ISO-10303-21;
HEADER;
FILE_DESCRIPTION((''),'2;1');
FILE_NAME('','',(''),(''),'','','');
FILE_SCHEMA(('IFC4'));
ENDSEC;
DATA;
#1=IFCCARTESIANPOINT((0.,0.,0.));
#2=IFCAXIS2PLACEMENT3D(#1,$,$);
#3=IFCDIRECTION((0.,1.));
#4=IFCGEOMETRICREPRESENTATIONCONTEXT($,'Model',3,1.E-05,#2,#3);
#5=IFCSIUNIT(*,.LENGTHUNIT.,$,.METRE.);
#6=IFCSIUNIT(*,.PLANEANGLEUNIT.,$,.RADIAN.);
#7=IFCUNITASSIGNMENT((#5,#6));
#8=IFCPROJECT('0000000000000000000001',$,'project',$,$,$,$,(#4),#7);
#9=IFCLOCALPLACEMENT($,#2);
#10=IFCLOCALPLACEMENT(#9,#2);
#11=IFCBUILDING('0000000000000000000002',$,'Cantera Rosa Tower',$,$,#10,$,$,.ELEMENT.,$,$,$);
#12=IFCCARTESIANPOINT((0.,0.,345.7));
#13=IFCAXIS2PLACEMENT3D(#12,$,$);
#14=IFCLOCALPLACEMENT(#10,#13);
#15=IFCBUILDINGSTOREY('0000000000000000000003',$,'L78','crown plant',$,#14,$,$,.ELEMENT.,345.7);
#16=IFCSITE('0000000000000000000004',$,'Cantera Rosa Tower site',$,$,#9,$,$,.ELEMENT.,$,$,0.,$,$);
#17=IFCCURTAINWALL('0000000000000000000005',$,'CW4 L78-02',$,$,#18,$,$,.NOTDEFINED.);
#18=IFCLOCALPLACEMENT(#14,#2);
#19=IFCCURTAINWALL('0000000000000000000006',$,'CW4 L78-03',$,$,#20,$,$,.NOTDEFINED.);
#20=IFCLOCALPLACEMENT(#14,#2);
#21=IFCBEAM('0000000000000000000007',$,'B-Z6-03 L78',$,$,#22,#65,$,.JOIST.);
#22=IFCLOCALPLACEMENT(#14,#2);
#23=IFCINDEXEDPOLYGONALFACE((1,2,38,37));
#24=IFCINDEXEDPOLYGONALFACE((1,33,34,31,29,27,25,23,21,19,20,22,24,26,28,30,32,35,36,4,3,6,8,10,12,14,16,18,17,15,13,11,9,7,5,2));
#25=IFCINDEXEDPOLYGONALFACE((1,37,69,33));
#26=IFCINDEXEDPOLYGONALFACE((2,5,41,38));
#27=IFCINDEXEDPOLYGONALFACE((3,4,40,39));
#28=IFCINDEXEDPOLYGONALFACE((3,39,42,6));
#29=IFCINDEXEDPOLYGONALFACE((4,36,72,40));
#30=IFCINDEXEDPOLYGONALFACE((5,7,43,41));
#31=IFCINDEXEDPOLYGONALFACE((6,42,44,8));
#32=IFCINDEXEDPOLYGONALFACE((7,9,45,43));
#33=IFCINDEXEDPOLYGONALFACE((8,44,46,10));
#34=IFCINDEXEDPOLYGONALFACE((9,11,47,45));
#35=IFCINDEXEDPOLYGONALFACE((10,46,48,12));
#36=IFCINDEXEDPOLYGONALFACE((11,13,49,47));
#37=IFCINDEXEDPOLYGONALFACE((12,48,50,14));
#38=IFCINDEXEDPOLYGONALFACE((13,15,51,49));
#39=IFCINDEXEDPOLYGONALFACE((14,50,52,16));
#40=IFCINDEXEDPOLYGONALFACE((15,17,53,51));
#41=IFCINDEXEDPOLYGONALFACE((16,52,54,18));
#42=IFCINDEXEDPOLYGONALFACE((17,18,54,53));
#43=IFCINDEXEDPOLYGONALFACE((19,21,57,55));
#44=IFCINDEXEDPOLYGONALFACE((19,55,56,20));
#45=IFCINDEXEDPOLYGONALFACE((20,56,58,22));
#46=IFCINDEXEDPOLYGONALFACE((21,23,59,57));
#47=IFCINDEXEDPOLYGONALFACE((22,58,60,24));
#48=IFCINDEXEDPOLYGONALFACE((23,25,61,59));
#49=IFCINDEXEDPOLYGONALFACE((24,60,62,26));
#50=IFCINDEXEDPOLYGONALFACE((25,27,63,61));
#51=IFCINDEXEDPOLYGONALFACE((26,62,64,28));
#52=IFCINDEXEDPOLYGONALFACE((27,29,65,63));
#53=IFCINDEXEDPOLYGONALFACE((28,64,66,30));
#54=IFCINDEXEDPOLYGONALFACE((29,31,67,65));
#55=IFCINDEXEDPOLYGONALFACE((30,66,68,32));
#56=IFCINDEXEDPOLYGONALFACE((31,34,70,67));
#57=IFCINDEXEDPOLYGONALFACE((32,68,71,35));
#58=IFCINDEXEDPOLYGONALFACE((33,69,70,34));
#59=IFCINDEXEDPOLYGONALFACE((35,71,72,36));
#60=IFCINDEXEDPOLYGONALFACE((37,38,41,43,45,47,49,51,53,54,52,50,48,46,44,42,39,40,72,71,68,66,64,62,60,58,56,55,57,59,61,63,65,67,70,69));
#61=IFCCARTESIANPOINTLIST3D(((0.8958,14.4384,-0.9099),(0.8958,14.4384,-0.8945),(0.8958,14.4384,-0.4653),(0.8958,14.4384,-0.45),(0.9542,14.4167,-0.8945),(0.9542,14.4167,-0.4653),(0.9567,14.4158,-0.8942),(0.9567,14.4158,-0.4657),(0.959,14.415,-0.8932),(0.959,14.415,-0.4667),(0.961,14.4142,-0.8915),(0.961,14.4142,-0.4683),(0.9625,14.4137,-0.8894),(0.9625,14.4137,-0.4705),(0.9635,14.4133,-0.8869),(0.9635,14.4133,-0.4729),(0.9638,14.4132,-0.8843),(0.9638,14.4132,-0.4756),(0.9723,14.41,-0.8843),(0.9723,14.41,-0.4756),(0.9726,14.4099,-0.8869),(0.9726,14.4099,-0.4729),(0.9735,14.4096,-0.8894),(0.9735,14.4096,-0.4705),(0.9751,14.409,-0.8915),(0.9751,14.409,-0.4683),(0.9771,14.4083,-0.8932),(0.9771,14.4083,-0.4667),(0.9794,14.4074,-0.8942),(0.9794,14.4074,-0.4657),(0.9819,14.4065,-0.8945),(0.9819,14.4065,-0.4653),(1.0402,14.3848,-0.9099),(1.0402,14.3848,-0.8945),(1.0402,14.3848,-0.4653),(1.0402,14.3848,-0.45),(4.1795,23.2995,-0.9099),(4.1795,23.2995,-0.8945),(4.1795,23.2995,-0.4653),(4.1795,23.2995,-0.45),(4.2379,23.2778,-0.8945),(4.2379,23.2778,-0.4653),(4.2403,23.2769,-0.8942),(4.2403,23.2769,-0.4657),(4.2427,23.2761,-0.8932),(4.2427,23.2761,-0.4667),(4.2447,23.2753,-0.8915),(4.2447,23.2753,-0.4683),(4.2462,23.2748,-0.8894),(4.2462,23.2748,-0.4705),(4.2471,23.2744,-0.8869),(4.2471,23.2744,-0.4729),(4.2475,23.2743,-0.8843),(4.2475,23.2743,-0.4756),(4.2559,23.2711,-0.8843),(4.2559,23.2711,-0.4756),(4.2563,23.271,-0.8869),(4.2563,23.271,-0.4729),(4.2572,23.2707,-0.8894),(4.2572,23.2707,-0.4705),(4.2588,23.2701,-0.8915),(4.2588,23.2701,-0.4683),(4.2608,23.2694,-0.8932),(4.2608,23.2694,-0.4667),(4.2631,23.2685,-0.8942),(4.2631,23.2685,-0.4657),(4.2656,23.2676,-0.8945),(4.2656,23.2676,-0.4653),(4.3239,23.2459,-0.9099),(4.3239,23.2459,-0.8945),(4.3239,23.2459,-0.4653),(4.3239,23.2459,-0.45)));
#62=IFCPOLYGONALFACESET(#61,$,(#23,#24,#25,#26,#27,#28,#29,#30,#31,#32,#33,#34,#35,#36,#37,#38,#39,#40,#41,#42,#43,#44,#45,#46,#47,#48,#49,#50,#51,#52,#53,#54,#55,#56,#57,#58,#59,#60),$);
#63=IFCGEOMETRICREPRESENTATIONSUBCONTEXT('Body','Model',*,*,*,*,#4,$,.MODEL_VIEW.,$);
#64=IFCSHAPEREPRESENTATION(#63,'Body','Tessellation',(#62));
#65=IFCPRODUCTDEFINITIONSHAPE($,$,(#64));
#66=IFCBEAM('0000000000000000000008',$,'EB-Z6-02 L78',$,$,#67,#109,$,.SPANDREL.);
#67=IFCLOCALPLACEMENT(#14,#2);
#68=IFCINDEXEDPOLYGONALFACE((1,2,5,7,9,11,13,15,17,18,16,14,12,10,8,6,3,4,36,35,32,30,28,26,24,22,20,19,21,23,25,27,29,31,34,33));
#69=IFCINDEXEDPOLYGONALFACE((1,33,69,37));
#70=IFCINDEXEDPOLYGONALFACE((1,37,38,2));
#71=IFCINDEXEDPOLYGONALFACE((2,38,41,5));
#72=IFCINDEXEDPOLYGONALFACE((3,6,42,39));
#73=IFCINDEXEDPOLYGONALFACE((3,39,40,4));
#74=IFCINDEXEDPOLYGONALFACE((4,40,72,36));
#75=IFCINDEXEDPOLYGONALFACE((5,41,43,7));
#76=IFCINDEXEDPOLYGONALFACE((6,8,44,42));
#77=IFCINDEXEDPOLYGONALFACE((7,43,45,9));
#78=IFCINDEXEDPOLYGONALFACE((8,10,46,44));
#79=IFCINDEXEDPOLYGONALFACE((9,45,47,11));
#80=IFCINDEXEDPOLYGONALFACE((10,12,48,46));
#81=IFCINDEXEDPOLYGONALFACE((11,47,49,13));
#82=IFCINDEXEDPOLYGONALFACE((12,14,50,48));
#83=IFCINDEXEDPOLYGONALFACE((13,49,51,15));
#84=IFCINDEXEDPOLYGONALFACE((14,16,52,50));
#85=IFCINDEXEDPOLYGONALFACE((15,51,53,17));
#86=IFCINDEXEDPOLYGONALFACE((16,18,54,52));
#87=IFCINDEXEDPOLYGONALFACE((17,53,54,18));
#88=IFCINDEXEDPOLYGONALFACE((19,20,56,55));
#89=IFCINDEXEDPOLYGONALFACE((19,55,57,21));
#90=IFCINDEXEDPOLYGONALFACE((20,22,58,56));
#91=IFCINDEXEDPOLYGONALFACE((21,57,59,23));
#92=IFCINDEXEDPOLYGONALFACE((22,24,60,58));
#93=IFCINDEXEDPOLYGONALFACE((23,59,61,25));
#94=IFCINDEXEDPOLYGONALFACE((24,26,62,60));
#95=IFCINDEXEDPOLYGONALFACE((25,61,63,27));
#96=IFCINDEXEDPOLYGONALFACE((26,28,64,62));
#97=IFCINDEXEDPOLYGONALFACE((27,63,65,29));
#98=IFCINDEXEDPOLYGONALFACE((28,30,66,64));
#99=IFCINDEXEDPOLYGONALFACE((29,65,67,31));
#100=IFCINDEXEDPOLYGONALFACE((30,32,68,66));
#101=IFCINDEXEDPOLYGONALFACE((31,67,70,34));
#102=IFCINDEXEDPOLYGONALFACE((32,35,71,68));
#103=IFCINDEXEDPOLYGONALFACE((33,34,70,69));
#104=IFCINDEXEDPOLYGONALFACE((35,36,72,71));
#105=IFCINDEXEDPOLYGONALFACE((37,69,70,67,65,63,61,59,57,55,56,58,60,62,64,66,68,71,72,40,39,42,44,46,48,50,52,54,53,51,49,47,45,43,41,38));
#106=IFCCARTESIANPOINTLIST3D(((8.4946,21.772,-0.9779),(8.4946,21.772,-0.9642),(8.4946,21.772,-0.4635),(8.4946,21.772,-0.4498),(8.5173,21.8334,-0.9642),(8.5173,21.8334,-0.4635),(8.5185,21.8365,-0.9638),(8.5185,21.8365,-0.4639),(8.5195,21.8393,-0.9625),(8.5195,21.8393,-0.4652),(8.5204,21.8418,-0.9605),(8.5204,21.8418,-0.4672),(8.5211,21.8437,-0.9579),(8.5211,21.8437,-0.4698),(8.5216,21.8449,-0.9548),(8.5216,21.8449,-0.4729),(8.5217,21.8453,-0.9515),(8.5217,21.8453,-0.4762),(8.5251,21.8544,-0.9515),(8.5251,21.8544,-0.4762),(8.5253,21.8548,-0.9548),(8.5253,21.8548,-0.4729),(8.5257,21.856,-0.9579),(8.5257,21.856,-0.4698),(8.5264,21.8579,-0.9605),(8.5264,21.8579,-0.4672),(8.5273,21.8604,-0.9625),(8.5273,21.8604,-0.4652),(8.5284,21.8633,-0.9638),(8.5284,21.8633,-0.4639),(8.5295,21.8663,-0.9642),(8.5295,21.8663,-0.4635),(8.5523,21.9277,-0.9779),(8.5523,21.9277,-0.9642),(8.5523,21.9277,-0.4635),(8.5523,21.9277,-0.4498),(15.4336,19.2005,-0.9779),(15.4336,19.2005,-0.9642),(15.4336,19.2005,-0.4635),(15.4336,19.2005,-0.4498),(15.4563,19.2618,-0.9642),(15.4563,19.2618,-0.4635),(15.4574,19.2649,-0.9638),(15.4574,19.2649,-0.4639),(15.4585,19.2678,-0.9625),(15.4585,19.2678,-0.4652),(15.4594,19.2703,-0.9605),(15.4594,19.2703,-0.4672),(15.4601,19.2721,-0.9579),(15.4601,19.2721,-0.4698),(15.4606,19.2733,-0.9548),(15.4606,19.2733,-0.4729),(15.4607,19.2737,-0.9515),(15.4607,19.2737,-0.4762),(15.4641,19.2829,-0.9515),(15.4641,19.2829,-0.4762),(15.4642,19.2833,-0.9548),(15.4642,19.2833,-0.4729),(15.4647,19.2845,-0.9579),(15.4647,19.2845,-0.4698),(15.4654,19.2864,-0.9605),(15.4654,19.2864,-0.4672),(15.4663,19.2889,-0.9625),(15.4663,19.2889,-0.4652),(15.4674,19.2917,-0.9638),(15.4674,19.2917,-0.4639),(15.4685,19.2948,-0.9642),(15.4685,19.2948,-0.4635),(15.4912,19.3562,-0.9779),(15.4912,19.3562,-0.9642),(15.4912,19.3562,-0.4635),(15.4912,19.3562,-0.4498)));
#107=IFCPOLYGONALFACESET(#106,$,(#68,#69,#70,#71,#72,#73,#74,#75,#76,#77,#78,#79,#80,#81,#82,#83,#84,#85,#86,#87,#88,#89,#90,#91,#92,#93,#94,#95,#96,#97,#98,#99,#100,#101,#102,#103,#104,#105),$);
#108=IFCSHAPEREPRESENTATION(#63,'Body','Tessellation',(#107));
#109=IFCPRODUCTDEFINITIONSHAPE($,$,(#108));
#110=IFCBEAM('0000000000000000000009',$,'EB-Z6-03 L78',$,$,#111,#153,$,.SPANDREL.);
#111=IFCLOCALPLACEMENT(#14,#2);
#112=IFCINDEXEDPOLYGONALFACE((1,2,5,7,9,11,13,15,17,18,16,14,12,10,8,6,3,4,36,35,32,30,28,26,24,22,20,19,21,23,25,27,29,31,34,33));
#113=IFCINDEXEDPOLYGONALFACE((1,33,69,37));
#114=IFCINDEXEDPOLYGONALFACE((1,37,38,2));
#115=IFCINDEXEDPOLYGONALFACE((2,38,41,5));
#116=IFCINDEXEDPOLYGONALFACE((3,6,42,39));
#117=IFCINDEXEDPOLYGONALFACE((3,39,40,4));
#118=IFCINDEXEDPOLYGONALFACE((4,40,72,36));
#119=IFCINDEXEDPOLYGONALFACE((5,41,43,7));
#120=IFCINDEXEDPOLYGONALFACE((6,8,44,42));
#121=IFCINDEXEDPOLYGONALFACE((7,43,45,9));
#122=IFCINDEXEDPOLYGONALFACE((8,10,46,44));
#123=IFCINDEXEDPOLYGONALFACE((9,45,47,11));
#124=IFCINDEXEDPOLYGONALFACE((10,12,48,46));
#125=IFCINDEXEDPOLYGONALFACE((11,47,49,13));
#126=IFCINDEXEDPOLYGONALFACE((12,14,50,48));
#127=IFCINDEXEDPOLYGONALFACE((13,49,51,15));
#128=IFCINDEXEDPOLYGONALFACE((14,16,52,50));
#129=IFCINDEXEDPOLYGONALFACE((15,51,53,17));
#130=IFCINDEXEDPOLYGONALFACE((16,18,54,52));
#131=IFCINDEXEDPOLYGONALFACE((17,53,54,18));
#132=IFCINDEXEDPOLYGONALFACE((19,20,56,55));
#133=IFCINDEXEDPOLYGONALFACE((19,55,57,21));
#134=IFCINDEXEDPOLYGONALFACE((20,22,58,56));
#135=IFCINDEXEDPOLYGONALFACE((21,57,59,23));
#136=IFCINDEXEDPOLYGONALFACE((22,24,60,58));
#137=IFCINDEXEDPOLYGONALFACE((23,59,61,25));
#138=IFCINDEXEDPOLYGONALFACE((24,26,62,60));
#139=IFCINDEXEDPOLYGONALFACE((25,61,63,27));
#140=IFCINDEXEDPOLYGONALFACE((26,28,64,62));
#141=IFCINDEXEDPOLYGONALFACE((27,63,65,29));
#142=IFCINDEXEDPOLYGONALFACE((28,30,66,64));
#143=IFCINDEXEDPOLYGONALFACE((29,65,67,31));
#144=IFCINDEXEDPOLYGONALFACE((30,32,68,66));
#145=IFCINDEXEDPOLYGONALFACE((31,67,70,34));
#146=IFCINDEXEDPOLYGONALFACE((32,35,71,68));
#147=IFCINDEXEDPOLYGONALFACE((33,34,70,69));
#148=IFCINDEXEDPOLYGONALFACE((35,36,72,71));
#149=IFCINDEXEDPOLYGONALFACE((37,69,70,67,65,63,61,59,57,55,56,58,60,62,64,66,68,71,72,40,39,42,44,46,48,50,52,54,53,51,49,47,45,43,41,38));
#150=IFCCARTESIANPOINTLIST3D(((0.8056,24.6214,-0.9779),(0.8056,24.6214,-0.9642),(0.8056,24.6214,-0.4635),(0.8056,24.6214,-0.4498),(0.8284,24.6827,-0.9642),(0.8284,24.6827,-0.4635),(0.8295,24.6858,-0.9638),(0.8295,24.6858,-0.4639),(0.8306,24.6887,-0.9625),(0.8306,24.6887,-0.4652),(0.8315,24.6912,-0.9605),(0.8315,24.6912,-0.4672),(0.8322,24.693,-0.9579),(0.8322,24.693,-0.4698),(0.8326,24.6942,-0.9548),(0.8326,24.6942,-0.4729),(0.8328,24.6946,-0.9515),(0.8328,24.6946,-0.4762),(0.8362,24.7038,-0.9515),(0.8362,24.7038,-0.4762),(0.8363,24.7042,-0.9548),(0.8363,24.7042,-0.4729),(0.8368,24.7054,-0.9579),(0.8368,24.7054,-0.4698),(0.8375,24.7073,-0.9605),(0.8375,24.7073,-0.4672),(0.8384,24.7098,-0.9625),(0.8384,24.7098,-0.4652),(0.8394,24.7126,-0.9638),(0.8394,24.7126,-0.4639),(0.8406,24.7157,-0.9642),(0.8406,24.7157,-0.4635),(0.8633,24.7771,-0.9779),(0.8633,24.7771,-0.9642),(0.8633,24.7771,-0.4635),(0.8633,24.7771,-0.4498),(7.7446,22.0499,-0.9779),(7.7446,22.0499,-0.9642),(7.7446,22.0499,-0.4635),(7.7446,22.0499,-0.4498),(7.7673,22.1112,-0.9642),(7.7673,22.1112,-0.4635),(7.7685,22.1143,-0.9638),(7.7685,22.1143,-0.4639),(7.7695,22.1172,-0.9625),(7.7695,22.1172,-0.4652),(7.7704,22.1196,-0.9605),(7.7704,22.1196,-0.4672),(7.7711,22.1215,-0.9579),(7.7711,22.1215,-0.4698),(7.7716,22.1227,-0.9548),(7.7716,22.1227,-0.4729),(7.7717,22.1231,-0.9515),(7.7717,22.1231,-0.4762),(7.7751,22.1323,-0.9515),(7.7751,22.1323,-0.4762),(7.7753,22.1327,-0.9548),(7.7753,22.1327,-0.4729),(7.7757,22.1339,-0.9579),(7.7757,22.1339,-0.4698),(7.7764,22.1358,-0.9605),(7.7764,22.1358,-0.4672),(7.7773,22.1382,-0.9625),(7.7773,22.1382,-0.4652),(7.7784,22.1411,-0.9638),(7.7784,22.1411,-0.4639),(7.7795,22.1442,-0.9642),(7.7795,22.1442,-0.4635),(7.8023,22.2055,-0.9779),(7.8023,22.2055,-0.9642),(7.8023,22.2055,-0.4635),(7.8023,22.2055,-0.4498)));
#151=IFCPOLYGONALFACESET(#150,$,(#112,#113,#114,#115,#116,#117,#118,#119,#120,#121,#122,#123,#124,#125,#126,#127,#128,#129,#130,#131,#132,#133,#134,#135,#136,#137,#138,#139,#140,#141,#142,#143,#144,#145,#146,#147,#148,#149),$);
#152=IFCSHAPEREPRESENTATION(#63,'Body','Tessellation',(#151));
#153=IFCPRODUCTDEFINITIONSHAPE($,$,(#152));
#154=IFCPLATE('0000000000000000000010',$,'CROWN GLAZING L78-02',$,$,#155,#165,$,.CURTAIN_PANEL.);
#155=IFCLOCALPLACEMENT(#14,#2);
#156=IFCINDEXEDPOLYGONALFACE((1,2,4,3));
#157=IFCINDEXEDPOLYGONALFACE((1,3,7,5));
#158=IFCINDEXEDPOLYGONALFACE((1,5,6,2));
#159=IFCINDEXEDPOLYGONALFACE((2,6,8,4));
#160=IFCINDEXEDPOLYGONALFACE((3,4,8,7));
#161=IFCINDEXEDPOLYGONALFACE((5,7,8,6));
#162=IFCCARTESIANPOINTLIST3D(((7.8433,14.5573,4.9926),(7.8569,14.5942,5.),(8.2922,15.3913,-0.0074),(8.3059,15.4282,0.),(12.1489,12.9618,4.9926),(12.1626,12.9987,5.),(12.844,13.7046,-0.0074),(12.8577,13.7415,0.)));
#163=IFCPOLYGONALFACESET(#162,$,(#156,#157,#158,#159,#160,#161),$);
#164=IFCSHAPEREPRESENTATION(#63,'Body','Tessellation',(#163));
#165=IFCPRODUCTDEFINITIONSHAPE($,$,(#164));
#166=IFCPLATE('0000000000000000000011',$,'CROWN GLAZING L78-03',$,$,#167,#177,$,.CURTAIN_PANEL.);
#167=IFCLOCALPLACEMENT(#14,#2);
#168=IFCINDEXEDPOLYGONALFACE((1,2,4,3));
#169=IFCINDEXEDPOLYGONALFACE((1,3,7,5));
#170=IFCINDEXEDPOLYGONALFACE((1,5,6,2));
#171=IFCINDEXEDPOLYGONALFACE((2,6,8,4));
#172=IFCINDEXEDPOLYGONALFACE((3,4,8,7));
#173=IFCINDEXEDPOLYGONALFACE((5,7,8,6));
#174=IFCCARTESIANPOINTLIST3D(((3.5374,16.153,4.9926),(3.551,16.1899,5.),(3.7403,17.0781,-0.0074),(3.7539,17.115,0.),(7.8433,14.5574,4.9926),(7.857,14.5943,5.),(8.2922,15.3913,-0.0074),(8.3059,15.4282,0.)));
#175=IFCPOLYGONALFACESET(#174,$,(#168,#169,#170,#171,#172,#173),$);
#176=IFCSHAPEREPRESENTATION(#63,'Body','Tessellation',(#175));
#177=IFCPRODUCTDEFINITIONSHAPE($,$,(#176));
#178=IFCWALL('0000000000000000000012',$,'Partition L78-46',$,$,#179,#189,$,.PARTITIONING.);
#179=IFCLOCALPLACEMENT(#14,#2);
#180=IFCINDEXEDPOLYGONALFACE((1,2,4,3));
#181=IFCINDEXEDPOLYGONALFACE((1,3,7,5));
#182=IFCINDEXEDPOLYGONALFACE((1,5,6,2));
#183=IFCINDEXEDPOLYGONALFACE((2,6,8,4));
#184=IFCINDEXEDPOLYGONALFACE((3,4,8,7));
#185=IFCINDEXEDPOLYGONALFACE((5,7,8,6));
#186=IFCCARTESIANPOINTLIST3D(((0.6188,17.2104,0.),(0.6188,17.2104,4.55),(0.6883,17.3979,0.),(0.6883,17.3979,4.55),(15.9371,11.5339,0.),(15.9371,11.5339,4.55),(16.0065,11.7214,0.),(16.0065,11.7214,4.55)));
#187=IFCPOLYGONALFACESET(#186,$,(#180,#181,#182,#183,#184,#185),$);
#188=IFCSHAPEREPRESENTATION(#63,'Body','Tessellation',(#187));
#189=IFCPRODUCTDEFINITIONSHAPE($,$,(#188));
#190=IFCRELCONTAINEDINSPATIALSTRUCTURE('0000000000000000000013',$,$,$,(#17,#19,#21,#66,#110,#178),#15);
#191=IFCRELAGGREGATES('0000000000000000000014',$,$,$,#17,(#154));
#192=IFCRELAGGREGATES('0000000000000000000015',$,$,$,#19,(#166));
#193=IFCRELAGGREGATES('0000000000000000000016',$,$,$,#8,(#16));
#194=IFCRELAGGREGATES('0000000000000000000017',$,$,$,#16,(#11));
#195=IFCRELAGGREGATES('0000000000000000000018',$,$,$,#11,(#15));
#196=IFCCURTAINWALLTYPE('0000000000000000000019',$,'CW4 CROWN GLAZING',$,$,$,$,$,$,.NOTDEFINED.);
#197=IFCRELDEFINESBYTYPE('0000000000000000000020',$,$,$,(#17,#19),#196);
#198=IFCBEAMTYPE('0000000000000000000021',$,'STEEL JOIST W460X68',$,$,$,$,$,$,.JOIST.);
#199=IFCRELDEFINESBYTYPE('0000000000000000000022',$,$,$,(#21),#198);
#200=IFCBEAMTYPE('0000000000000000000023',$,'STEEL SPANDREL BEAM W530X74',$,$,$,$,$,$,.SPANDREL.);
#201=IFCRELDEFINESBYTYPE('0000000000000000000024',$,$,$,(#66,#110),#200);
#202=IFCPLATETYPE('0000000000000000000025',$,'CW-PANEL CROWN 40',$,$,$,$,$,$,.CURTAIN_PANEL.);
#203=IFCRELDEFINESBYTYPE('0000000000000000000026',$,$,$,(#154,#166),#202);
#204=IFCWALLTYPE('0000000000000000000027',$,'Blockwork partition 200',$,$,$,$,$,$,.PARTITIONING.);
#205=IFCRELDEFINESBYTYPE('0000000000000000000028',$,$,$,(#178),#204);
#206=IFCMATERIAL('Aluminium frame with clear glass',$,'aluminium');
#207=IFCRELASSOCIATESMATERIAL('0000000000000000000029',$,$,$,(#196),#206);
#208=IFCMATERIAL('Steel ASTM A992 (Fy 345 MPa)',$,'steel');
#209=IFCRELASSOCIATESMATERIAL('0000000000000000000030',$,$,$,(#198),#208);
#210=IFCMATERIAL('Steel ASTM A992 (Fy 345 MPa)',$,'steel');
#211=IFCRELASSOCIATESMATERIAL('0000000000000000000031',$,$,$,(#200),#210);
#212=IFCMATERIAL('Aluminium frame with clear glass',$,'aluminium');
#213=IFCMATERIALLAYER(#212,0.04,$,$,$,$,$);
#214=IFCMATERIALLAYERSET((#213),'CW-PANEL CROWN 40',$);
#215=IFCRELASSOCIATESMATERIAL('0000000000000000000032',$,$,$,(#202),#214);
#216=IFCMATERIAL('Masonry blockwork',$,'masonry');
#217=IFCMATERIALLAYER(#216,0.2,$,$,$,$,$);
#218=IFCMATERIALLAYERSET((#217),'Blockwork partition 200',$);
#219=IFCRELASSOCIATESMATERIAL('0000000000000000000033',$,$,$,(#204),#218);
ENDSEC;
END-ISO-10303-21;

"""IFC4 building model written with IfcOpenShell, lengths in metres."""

from ifc_helpers import new_model, si_unit, direction, frame, frame_2d, origin, origin_2d, place, context, subcontext, project, spatial, polyline, rectangle, i_section, outline, extrude, material, layer, layer_set, material_profile, profile_set, type_object, element, aggregate, save


model = new_model("IFC4")

# Units and contexts
model_context = context("Model", 3, precision=1e-05, world=origin(), true_north=direction((0.0, 1.0)))
body_context = subcontext(model_context, "Body", "Model", "MODEL_VIEW")
ifc_project = project(units=[si_unit("LENGTHUNIT", "METRE"), si_unit("PLANEANGLEUNIT", "RADIAN")], contexts=[model_context])

# Site, building, storey
site_placement = place(None, origin())
site = spatial("IfcSite", under=ifc_project, at=site_placement, Name="Cantera Rosa Tower site", CompositionType="ELEMENT", RefElevation=0.0)
building_placement = place(site_placement, origin())
building = spatial("IfcBuilding", under=site, at=building_placement, Name="Cantera Rosa Tower", CompositionType="ELEMENT")
storey_placement = place(building_placement, frame((0.0, 0.0, 345.7)))
storey = spatial("IfcBuildingStorey", under=building, at=storey_placement, Name="L78", Description="crown plant", CompositionType="ELEMENT", Elevation=345.7)

# Curtain walls
ifc_material_1 = material(Name="Aluminium frame with clear glass", Category="aluminium")
curtain_wall_type = type_object("IfcCurtainWallType", Name="CW4 CROWN GLAZING", PredefinedType="NOTDEFINED", material=ifc_material_1)
curtain_wall_1_placement = place(storey_placement, origin())
curtain_wall_1 = element("IfcCurtainWall", 1, at=curtain_wall_1_placement, inside=storey, type_object=curtain_wall_type, Name="CW4 L78-02", PredefinedType="NOTDEFINED")
curtain_wall_2_placement = place(storey_placement, origin())
curtain_wall_2 = element("IfcCurtainWall", 2, at=curtain_wall_2_placement, inside=storey, type_object=curtain_wall_type, Name="CW4 L78-03", PredefinedType="NOTDEFINED")

# Beams
ifc_material_2 = material(Name="Steel ASTM A992 (Fy 345 MPa)", Category="steel")
ifc_material_profile_1 = material_profile(ifc_material_2, i_section(OverallWidth=0.1541, OverallDepth=0.46, WebThickness=0.009, FlangeThickness=0.0154, FilletRadius=0.0103, at=origin_2d()), Name="W460X68")
ifc_profile_set_1 = profile_set([ifc_material_profile_1], Name="Steel ASTM A992 (Fy 345 MPa)")
beam_type_1 = type_object("IfcBeamType", Name="STEEL JOIST W460X68", PredefinedType="JOIST", material=ifc_profile_set_1)
for number, where, z_axis, x_axis, name in (
    (3, (4.2517, 23.2727, -0.6799), (-0.347483, -0.937686, 0.0), (0.937686, -0.347483, 0.0), "B-Z6-03 L78"),
):
    element("IfcBeam", number, at=place(storey_placement, frame(where, z_axis=z_axis, x_axis=x_axis)), inside=storey, type_object=beam_type_1, Name=name, PredefinedType="JOIST", context=body_context, shape_type="SweptSolid", body=[
        extrude(i_section(OverallWidth=0.1541, OverallDepth=0.46, WebThickness=0.009, FlangeThickness=0.0154, FilletRadius=0.0103, at=origin_2d()), origin(), (0.0, 0.0, 1.0), 9.45),
    ])
ifc_material_3 = material(Name="Steel ASTM A992 (Fy 345 MPa)", Category="steel")
ifc_material_profile_2 = material_profile(ifc_material_3, i_section(OverallWidth=0.166, OverallDepth=0.5281, WebThickness=0.0098, FlangeThickness=0.0137, FilletRadius=0.0127, at=origin_2d()), Name="W530X74")
ifc_profile_set_2 = profile_set([ifc_material_profile_2], Name="Steel ASTM A992 (Fy 345 MPa)")
beam_type_2 = type_object("IfcBeamType", Name="STEEL SPANDREL BEAM W530X74", PredefinedType="SPANDREL", material=ifc_profile_set_2)
for number, where, z_axis, x_axis, name in (
    (4, (15.4624, 19.2783, -0.7139), (-0.937681, 0.347498, 0.0), (-0.347498, -0.937681, 0.0), "EB-Z6-02 L78"),
    (5, (7.7734, 22.1277, -0.7139), (-0.937681, 0.347498, 0.0), (-0.347498, -0.937681, 0.0), "EB-Z6-03 L78"),
):
    element("IfcBeam", number, at=place(storey_placement, frame(where, z_axis=z_axis, x_axis=x_axis)), inside=storey, type_object=beam_type_2, Name=name, PredefinedType="SPANDREL", context=body_context, shape_type="SweptSolid", body=[
        extrude(i_section(OverallWidth=0.166, OverallDepth=0.5281, WebThickness=0.0098, FlangeThickness=0.0137, FilletRadius=0.0127, at=origin_2d()), origin(), (0.0, 0.0, 1.0), 7.4001),
    ])

# Plates
ifc_material_4 = material(Name="Aluminium frame with clear glass", Category="aluminium")
ifc_layer_1 = layer(ifc_material_4, 0.04)
ifc_layer_set_1 = layer_set([ifc_layer_1], Name="CW-PANEL CROWN 40")
plate_type = type_object("IfcPlateType", Name="CW-PANEL CROWN 40", PredefinedType="CURTAIN_PANEL", material=ifc_layer_set_1)
plate_1_placement = place(storey_placement, frame((12.8577, 13.7415, 0.0), z_axis=(0.341515, 0.921614, 0.184378), x_axis=(-0.93769, 0.347473, -0.000002)))
plate_1 = element("IfcPlate", 6, at=plate_1_placement, type_object=plate_type, Name="CROWN GLAZING L78-02", PredefinedType="CURTAIN_PANEL", context=body_context, shape_type="SweptSolid", body=[
    extrude(outline(polyline([(0.0, 0.0), (4.8542, 0.0), (4.9854, 5.0872), (0.3937, 5.0872), (0.0, 0.0)])), origin(), (0.0, 0.0, -1.0), 0.04),
])
plate_2_placement = place(storey_placement, frame((8.3059, 15.4282, 0.0), z_axis=(0.341521, 0.921612, 0.184377), x_axis=(-0.937688, 0.347478, 0.000002)))
plate_2 = element("IfcPlate", 7, at=plate_2_placement, type_object=plate_type, Name="CROWN GLAZING L78-03", PredefinedType="CURTAIN_PANEL", context=body_context, shape_type="SweptSolid", body=[
    extrude(outline(polyline([(0.0, 0.0), (4.8545, 0.0), (4.7233, 5.0872), (0.1312, 5.0872), (0.0, 0.0)])), origin(), (0.0, 0.0, -1.0), 0.04),
])

# Wall
ifc_material_5 = material(Name="Masonry blockwork", Category="masonry")
ifc_layer_2 = layer(ifc_material_5, 0.2)
ifc_layer_set_2 = layer_set([ifc_layer_2], Name="Blockwork partition 200")
wall_type_1 = type_object("IfcWallType", Name="Blockwork partition 200", PredefinedType="PARTITIONING", material=ifc_layer_set_2)
wall_1_placement = place(storey_placement, frame((15.9717, 11.6277, 0.0), z_axis=(0.0, 0.0, 1.0), x_axis=(-0.937686, 0.347483, 0.0)))
element("IfcWall", 8, at=wall_1_placement, inside=storey, type_object=wall_type_1, Name="Partition L78-46", PredefinedType="PARTITIONING", context=body_context, shape_type="SweptSolid", body=[
    extrude(rectangle(XDim=16.3362, YDim=0.2, at=frame_2d((8.168, 0.0))), origin(), (0.0, 0.0, 1.0), 4.55),
])

aggregate(curtain_wall_1, [plate_1])
aggregate(curtain_wall_2, [plate_2])

save(model, "model.ifc")
